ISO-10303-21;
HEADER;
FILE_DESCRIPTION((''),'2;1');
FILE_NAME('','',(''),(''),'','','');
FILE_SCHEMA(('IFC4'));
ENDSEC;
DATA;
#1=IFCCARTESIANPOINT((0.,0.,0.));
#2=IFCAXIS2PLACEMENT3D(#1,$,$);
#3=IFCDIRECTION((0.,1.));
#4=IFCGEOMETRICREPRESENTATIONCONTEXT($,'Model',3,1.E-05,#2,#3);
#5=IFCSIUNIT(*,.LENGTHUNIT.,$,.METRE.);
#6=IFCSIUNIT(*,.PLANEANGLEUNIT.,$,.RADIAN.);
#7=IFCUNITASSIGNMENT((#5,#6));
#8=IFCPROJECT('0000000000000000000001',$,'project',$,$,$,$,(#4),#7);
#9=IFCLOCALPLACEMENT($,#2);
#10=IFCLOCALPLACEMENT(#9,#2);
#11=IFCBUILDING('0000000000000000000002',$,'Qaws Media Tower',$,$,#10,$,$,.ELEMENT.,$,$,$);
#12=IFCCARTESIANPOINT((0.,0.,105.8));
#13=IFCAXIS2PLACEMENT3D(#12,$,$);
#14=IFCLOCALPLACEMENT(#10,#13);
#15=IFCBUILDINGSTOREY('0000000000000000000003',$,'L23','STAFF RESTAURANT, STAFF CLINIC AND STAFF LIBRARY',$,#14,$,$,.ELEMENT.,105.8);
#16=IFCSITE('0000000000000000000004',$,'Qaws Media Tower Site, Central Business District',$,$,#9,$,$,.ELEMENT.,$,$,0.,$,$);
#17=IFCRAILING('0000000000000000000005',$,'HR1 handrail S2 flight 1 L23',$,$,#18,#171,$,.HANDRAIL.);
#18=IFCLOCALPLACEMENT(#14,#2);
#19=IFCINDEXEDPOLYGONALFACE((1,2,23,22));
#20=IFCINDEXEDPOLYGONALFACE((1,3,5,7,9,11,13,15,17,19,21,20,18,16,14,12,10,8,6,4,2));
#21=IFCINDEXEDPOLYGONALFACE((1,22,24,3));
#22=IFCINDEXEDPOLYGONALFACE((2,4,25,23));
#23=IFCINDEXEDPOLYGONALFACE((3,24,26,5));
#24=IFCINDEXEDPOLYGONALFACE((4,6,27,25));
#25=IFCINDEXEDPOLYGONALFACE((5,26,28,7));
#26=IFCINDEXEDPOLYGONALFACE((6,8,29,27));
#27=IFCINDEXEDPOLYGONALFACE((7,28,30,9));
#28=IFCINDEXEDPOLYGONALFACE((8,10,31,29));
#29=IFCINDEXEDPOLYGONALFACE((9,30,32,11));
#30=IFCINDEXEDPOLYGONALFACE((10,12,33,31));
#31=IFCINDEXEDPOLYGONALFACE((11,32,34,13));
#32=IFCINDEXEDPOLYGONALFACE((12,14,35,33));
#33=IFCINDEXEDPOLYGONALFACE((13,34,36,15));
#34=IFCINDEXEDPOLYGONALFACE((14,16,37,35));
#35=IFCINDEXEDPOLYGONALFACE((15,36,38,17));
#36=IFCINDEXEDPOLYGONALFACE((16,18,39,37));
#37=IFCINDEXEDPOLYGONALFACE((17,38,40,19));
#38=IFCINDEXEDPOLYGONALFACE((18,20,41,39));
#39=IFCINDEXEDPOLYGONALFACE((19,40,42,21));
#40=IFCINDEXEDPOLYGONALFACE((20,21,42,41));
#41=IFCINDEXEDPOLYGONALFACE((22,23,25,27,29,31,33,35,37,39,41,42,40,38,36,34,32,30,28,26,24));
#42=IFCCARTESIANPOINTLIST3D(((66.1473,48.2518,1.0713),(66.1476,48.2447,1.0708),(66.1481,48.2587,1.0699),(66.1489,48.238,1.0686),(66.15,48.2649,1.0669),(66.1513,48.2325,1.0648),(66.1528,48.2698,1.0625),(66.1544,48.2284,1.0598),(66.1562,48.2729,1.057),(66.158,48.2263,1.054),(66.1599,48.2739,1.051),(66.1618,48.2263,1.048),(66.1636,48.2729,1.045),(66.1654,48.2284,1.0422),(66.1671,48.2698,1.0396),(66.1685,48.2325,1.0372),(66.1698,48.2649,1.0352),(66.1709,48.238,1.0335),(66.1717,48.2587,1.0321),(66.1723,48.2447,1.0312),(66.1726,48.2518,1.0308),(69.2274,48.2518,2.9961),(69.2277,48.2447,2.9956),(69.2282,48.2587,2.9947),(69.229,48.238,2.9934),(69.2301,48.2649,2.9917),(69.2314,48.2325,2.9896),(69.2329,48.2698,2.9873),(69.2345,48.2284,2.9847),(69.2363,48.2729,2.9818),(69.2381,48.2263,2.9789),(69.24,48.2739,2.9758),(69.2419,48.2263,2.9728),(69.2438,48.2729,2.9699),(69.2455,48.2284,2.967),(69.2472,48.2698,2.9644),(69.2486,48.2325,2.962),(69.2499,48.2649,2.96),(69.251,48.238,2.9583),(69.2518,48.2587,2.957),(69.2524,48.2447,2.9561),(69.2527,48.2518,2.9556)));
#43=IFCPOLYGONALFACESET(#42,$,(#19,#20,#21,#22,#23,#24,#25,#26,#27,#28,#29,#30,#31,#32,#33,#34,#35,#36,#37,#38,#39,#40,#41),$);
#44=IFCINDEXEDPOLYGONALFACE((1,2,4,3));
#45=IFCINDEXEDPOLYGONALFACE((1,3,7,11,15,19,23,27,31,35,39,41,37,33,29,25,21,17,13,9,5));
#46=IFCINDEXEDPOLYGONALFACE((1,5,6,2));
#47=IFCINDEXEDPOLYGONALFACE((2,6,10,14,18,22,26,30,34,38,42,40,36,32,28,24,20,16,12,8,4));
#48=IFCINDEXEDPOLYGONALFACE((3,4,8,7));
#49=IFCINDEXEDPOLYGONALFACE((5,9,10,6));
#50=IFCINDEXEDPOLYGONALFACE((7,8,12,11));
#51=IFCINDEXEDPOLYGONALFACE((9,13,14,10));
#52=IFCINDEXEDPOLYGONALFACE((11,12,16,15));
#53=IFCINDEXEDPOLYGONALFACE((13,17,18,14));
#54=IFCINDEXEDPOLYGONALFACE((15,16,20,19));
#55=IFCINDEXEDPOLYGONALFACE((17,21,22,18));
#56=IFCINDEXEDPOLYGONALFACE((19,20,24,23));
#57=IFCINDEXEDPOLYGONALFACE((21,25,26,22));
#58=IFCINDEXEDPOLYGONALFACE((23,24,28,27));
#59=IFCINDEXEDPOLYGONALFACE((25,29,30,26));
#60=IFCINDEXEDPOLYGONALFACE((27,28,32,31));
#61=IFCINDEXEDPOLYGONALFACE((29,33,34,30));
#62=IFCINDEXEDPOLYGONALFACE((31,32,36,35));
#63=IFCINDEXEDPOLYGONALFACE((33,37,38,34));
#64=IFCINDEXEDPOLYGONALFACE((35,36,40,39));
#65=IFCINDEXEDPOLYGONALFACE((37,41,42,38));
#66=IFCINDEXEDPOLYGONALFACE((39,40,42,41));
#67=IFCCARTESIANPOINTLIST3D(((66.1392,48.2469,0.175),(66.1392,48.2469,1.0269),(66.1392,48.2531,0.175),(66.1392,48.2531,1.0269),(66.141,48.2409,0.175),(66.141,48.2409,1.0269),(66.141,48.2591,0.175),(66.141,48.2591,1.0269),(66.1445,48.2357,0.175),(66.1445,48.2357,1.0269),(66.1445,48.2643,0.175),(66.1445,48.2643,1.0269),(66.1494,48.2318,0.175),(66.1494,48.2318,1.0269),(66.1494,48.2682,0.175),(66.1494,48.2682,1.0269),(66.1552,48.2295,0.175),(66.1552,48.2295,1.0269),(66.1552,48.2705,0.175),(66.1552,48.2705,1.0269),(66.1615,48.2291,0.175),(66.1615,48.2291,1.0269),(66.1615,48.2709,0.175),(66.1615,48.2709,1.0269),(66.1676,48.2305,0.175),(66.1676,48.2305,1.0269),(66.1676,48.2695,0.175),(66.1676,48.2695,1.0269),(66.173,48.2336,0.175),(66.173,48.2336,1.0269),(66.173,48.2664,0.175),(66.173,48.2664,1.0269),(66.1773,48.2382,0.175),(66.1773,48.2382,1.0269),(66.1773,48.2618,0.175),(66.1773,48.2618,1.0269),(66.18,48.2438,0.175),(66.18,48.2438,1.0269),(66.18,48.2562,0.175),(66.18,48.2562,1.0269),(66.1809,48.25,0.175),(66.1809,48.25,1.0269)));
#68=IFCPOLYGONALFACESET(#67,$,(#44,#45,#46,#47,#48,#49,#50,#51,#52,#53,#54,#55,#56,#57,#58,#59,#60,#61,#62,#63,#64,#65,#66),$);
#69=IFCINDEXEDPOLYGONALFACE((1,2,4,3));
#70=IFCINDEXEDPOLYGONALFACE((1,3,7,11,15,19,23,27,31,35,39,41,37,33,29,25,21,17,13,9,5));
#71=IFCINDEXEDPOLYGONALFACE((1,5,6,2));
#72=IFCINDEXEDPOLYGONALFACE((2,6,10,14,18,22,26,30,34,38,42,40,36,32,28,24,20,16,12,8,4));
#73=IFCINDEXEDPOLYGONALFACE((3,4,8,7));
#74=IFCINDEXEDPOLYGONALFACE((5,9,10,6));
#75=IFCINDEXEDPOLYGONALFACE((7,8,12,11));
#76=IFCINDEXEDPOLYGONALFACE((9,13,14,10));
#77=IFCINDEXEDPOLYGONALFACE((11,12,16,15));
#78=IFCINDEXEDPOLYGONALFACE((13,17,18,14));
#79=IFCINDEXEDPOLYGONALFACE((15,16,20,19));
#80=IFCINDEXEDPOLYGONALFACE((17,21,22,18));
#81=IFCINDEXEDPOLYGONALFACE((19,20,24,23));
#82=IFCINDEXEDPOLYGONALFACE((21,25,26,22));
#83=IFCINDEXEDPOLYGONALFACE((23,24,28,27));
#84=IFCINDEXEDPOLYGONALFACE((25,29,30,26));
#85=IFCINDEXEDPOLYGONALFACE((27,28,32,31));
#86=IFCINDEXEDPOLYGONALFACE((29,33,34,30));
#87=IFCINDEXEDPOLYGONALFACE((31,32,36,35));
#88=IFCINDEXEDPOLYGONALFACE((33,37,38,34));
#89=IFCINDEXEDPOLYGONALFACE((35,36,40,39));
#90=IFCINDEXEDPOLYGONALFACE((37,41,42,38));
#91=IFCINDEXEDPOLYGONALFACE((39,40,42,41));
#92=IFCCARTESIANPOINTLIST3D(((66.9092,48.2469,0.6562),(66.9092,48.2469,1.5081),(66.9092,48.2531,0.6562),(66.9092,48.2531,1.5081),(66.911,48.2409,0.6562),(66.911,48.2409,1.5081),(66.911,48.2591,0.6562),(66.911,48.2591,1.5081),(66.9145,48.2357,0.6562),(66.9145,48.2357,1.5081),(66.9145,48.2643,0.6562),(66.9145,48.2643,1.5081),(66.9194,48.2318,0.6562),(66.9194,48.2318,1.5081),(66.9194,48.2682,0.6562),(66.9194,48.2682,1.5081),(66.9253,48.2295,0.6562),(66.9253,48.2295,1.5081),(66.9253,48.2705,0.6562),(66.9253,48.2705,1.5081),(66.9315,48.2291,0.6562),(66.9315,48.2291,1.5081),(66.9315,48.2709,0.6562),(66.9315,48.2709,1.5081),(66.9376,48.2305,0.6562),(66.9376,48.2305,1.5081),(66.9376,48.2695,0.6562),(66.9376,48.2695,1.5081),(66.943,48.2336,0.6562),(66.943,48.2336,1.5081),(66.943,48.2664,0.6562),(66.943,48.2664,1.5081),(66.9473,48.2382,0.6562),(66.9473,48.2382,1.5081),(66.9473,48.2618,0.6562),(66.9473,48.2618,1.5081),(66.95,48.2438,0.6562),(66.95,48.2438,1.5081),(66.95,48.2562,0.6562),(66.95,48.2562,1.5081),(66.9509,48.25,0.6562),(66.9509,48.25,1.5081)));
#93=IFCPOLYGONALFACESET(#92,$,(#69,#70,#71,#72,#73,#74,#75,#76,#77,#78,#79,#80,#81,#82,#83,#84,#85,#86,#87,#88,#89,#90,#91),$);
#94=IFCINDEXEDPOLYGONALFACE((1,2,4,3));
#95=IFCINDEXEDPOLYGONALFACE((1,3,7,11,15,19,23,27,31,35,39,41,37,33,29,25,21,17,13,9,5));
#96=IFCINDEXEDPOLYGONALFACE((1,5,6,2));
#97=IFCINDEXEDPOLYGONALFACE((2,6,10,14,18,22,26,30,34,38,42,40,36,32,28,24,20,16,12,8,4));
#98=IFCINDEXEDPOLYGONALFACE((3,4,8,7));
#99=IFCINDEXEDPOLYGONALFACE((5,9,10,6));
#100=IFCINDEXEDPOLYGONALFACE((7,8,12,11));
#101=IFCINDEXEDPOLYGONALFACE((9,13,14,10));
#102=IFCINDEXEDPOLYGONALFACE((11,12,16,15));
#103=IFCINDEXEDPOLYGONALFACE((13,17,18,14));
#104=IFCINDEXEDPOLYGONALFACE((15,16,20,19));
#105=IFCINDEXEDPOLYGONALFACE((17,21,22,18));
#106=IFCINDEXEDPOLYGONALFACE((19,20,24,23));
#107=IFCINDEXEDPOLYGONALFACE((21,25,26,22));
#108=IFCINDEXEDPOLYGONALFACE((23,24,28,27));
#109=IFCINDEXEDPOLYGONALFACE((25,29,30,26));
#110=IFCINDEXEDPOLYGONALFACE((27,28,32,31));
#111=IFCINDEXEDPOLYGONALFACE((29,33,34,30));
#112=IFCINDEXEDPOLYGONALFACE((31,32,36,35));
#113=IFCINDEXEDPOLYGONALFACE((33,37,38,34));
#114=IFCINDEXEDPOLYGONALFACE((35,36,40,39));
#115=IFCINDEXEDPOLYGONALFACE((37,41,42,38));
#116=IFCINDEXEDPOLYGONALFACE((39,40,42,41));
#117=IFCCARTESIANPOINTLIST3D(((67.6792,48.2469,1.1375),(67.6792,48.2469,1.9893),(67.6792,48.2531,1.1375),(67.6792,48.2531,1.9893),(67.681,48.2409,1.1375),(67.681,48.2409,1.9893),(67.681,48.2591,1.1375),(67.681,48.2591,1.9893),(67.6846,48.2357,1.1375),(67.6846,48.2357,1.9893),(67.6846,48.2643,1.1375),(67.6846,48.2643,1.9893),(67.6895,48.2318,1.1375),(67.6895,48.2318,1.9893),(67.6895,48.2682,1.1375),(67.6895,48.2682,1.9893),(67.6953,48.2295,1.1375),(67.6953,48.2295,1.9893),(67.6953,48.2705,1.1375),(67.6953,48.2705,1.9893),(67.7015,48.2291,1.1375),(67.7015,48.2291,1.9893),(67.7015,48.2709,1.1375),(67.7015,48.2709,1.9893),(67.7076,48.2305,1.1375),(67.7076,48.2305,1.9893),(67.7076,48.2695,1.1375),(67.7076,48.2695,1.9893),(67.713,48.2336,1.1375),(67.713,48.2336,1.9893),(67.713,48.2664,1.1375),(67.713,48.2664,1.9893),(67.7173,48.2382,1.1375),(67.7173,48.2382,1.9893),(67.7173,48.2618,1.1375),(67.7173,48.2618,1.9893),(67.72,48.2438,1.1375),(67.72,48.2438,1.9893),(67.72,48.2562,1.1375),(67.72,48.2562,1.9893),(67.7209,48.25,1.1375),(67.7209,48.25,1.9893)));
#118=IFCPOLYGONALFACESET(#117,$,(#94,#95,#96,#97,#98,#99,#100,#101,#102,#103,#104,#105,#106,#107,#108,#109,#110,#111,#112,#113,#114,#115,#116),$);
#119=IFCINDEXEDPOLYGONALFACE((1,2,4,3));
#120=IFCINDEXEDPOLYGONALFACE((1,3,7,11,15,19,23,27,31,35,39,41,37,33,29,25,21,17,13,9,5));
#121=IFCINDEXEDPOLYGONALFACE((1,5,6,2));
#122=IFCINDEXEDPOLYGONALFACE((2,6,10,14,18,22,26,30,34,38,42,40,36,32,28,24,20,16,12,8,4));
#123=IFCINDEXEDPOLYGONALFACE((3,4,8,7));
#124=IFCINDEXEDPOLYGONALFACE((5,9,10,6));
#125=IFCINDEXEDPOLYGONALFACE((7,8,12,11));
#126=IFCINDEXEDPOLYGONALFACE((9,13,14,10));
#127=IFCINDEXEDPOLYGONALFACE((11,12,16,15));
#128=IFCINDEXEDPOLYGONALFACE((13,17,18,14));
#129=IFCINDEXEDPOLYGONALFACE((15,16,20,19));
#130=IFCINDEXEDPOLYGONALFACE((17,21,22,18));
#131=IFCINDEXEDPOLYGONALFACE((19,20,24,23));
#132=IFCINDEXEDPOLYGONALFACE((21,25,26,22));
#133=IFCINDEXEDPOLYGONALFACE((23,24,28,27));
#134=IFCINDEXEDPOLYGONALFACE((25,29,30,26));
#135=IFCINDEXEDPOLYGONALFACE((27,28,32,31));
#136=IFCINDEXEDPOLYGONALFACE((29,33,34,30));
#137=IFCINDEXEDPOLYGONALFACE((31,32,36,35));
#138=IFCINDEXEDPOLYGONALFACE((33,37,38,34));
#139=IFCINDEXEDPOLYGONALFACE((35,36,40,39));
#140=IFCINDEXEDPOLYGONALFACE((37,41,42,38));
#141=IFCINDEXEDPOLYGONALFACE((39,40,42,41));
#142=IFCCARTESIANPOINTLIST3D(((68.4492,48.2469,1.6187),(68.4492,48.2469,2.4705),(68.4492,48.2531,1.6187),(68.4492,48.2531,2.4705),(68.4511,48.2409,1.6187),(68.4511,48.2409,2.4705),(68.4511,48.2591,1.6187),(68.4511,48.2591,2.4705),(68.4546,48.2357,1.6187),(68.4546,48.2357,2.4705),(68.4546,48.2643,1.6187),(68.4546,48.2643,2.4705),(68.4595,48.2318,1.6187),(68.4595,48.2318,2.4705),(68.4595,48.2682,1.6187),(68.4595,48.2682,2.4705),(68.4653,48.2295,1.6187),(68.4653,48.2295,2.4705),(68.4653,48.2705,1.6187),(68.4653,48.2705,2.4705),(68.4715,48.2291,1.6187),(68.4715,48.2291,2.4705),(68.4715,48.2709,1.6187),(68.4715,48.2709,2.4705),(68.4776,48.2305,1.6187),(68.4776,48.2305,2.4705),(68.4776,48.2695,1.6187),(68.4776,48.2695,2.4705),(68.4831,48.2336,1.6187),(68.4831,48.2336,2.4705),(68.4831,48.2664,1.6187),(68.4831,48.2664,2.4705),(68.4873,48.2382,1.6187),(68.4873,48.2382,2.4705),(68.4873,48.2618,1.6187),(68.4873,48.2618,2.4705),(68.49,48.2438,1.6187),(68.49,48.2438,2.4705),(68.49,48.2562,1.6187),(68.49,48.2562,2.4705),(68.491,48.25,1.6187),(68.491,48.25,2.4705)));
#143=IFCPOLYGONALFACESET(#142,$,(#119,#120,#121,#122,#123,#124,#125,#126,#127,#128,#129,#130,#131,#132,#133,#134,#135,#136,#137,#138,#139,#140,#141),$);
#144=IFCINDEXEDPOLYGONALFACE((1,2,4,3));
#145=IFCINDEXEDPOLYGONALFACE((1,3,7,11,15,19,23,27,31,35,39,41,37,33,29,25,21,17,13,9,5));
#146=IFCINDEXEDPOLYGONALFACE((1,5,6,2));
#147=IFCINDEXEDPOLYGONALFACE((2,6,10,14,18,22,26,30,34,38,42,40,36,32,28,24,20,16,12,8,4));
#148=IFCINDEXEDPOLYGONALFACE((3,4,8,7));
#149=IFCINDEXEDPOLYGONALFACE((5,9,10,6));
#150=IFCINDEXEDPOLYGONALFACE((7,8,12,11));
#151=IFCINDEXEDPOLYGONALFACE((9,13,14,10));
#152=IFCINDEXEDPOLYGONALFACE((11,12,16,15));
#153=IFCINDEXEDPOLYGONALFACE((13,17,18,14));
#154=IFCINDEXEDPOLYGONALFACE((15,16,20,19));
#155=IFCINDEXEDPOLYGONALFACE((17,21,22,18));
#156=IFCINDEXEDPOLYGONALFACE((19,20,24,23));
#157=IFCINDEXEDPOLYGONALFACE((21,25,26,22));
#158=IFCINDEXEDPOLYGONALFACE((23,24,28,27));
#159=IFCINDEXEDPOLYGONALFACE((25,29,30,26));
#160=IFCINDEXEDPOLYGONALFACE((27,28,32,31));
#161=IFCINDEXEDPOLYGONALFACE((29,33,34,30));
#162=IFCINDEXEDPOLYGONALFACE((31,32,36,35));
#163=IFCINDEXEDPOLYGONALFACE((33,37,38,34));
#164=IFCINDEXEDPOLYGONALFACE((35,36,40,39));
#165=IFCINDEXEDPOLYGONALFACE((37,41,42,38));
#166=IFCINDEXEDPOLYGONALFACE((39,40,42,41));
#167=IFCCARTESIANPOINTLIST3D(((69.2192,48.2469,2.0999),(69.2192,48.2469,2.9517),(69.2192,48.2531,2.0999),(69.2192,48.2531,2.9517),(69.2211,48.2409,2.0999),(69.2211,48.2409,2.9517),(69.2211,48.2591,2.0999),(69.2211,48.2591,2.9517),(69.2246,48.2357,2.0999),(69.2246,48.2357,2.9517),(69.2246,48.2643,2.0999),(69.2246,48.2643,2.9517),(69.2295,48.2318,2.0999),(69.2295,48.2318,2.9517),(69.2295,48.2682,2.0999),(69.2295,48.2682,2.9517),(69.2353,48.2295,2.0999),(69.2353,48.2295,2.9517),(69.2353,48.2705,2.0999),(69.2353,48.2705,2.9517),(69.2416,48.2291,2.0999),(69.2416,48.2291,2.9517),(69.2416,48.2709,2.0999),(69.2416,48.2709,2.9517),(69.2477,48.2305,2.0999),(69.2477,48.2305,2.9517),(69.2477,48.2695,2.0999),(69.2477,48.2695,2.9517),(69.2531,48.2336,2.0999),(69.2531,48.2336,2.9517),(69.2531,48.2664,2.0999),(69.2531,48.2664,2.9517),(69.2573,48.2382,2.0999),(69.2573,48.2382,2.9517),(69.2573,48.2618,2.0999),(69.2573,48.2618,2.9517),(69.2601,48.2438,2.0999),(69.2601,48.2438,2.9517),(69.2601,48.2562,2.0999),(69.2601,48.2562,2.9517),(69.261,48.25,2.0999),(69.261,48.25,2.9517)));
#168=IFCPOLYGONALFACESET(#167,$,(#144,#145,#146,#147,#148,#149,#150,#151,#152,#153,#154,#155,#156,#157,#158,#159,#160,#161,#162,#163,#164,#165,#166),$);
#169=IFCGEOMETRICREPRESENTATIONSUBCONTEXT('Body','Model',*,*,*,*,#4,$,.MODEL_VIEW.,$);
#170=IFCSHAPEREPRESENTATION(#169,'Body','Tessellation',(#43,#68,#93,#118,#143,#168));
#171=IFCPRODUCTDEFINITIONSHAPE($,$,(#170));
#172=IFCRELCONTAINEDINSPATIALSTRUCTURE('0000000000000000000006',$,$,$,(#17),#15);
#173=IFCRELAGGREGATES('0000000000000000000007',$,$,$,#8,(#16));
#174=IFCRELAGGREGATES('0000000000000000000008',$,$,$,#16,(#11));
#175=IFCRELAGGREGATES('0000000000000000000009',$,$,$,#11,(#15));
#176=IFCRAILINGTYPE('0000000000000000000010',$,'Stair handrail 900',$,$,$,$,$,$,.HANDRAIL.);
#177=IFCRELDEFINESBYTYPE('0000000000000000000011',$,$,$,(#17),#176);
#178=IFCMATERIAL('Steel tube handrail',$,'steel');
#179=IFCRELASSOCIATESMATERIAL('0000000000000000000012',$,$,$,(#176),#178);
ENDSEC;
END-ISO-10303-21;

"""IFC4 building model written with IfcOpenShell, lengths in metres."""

from ifc_helpers import new_model, si_unit, direction, frame, origin, origin_2d, place, context, subcontext, project, spatial, circle, extrude, material, type_object, element, save


model = new_model("IFC4")

# Units and contexts
model_context = context("Model", 3, precision=1e-05, world=origin(), true_north=direction((0.0, 1.0)))
body_context = subcontext(model_context, "Body", "Model", "MODEL_VIEW")
ifc_project = project(units=[si_unit("LENGTHUNIT", "METRE"), si_unit("PLANEANGLEUNIT", "RADIAN")], contexts=[model_context])

# Site, building, storey
site_placement = place(None, origin())
site = spatial("IfcSite", under=ifc_project, at=site_placement, Name="Qaws Media Tower Site, Central Business District", CompositionType="ELEMENT", RefElevation=0.0)
building_placement = place(site_placement, origin())
building = spatial("IfcBuilding", under=site, at=building_placement, Name="Qaws Media Tower", CompositionType="ELEMENT")
storey_placement = place(building_placement, frame((0.0, 0.0, 105.8)))
storey = spatial("IfcBuildingStorey", under=building, at=storey_placement, Name="L23", Description="STAFF RESTAURANT, STAFF CLINIC AND STAFF LIBRARY", CompositionType="ELEMENT", Elevation=105.8)

# Railing
ifc_material_1 = material(Name="Steel tube handrail", Category="steel")
railing_type = type_object("IfcRailingType", Name="Stair handrail 900", PredefinedType="HANDRAIL", material=ifc_material_1)
for number, where, name in (
    (1, (66.1599, 48.25, 0.175), "HR1 handrail S2 flight 1 L23"),
):
    element("IfcRailing", number, at=place(storey_placement, frame(where)), inside=storey, type_object=railing_type, Name=name, PredefinedType="HANDRAIL", context=body_context, shape_type="SweptSolid", body=[
        extrude(circle(Radius=0.0239, at=origin_2d()), frame((0.0, 0.0, 0.876), z_axis=(0.848029, 0.0, 0.529951), x_axis=(0.0, 1.0, 0.0)), (0.0, 0.0, 1.0), 3.6321),
        extrude(circle(Radius=0.021, at=origin_2d()), origin(), (0.0, 0.0, 1.0), 0.8518),
        extrude(circle(Radius=0.021, at=origin_2d()), frame((0.77, 0.0, 0.4812)), (0.0, 0.0, 1.0), 0.8518),
        extrude(circle(Radius=0.021, at=origin_2d()), frame((1.54, 0.0, 0.9624)), (0.0, 0.0, 1.0), 0.8518),
        extrude(circle(Radius=0.021, at=origin_2d()), frame((2.3101, 0.0, 1.4436)), (0.0, 0.0, 1.0), 0.8518),
        extrude(circle(Radius=0.021, at=origin_2d()), frame((3.0801, 0.0, 1.9248)), (0.0, 0.0, 1.0), 0.8518),
    ])

save(model, "model.ifc")
